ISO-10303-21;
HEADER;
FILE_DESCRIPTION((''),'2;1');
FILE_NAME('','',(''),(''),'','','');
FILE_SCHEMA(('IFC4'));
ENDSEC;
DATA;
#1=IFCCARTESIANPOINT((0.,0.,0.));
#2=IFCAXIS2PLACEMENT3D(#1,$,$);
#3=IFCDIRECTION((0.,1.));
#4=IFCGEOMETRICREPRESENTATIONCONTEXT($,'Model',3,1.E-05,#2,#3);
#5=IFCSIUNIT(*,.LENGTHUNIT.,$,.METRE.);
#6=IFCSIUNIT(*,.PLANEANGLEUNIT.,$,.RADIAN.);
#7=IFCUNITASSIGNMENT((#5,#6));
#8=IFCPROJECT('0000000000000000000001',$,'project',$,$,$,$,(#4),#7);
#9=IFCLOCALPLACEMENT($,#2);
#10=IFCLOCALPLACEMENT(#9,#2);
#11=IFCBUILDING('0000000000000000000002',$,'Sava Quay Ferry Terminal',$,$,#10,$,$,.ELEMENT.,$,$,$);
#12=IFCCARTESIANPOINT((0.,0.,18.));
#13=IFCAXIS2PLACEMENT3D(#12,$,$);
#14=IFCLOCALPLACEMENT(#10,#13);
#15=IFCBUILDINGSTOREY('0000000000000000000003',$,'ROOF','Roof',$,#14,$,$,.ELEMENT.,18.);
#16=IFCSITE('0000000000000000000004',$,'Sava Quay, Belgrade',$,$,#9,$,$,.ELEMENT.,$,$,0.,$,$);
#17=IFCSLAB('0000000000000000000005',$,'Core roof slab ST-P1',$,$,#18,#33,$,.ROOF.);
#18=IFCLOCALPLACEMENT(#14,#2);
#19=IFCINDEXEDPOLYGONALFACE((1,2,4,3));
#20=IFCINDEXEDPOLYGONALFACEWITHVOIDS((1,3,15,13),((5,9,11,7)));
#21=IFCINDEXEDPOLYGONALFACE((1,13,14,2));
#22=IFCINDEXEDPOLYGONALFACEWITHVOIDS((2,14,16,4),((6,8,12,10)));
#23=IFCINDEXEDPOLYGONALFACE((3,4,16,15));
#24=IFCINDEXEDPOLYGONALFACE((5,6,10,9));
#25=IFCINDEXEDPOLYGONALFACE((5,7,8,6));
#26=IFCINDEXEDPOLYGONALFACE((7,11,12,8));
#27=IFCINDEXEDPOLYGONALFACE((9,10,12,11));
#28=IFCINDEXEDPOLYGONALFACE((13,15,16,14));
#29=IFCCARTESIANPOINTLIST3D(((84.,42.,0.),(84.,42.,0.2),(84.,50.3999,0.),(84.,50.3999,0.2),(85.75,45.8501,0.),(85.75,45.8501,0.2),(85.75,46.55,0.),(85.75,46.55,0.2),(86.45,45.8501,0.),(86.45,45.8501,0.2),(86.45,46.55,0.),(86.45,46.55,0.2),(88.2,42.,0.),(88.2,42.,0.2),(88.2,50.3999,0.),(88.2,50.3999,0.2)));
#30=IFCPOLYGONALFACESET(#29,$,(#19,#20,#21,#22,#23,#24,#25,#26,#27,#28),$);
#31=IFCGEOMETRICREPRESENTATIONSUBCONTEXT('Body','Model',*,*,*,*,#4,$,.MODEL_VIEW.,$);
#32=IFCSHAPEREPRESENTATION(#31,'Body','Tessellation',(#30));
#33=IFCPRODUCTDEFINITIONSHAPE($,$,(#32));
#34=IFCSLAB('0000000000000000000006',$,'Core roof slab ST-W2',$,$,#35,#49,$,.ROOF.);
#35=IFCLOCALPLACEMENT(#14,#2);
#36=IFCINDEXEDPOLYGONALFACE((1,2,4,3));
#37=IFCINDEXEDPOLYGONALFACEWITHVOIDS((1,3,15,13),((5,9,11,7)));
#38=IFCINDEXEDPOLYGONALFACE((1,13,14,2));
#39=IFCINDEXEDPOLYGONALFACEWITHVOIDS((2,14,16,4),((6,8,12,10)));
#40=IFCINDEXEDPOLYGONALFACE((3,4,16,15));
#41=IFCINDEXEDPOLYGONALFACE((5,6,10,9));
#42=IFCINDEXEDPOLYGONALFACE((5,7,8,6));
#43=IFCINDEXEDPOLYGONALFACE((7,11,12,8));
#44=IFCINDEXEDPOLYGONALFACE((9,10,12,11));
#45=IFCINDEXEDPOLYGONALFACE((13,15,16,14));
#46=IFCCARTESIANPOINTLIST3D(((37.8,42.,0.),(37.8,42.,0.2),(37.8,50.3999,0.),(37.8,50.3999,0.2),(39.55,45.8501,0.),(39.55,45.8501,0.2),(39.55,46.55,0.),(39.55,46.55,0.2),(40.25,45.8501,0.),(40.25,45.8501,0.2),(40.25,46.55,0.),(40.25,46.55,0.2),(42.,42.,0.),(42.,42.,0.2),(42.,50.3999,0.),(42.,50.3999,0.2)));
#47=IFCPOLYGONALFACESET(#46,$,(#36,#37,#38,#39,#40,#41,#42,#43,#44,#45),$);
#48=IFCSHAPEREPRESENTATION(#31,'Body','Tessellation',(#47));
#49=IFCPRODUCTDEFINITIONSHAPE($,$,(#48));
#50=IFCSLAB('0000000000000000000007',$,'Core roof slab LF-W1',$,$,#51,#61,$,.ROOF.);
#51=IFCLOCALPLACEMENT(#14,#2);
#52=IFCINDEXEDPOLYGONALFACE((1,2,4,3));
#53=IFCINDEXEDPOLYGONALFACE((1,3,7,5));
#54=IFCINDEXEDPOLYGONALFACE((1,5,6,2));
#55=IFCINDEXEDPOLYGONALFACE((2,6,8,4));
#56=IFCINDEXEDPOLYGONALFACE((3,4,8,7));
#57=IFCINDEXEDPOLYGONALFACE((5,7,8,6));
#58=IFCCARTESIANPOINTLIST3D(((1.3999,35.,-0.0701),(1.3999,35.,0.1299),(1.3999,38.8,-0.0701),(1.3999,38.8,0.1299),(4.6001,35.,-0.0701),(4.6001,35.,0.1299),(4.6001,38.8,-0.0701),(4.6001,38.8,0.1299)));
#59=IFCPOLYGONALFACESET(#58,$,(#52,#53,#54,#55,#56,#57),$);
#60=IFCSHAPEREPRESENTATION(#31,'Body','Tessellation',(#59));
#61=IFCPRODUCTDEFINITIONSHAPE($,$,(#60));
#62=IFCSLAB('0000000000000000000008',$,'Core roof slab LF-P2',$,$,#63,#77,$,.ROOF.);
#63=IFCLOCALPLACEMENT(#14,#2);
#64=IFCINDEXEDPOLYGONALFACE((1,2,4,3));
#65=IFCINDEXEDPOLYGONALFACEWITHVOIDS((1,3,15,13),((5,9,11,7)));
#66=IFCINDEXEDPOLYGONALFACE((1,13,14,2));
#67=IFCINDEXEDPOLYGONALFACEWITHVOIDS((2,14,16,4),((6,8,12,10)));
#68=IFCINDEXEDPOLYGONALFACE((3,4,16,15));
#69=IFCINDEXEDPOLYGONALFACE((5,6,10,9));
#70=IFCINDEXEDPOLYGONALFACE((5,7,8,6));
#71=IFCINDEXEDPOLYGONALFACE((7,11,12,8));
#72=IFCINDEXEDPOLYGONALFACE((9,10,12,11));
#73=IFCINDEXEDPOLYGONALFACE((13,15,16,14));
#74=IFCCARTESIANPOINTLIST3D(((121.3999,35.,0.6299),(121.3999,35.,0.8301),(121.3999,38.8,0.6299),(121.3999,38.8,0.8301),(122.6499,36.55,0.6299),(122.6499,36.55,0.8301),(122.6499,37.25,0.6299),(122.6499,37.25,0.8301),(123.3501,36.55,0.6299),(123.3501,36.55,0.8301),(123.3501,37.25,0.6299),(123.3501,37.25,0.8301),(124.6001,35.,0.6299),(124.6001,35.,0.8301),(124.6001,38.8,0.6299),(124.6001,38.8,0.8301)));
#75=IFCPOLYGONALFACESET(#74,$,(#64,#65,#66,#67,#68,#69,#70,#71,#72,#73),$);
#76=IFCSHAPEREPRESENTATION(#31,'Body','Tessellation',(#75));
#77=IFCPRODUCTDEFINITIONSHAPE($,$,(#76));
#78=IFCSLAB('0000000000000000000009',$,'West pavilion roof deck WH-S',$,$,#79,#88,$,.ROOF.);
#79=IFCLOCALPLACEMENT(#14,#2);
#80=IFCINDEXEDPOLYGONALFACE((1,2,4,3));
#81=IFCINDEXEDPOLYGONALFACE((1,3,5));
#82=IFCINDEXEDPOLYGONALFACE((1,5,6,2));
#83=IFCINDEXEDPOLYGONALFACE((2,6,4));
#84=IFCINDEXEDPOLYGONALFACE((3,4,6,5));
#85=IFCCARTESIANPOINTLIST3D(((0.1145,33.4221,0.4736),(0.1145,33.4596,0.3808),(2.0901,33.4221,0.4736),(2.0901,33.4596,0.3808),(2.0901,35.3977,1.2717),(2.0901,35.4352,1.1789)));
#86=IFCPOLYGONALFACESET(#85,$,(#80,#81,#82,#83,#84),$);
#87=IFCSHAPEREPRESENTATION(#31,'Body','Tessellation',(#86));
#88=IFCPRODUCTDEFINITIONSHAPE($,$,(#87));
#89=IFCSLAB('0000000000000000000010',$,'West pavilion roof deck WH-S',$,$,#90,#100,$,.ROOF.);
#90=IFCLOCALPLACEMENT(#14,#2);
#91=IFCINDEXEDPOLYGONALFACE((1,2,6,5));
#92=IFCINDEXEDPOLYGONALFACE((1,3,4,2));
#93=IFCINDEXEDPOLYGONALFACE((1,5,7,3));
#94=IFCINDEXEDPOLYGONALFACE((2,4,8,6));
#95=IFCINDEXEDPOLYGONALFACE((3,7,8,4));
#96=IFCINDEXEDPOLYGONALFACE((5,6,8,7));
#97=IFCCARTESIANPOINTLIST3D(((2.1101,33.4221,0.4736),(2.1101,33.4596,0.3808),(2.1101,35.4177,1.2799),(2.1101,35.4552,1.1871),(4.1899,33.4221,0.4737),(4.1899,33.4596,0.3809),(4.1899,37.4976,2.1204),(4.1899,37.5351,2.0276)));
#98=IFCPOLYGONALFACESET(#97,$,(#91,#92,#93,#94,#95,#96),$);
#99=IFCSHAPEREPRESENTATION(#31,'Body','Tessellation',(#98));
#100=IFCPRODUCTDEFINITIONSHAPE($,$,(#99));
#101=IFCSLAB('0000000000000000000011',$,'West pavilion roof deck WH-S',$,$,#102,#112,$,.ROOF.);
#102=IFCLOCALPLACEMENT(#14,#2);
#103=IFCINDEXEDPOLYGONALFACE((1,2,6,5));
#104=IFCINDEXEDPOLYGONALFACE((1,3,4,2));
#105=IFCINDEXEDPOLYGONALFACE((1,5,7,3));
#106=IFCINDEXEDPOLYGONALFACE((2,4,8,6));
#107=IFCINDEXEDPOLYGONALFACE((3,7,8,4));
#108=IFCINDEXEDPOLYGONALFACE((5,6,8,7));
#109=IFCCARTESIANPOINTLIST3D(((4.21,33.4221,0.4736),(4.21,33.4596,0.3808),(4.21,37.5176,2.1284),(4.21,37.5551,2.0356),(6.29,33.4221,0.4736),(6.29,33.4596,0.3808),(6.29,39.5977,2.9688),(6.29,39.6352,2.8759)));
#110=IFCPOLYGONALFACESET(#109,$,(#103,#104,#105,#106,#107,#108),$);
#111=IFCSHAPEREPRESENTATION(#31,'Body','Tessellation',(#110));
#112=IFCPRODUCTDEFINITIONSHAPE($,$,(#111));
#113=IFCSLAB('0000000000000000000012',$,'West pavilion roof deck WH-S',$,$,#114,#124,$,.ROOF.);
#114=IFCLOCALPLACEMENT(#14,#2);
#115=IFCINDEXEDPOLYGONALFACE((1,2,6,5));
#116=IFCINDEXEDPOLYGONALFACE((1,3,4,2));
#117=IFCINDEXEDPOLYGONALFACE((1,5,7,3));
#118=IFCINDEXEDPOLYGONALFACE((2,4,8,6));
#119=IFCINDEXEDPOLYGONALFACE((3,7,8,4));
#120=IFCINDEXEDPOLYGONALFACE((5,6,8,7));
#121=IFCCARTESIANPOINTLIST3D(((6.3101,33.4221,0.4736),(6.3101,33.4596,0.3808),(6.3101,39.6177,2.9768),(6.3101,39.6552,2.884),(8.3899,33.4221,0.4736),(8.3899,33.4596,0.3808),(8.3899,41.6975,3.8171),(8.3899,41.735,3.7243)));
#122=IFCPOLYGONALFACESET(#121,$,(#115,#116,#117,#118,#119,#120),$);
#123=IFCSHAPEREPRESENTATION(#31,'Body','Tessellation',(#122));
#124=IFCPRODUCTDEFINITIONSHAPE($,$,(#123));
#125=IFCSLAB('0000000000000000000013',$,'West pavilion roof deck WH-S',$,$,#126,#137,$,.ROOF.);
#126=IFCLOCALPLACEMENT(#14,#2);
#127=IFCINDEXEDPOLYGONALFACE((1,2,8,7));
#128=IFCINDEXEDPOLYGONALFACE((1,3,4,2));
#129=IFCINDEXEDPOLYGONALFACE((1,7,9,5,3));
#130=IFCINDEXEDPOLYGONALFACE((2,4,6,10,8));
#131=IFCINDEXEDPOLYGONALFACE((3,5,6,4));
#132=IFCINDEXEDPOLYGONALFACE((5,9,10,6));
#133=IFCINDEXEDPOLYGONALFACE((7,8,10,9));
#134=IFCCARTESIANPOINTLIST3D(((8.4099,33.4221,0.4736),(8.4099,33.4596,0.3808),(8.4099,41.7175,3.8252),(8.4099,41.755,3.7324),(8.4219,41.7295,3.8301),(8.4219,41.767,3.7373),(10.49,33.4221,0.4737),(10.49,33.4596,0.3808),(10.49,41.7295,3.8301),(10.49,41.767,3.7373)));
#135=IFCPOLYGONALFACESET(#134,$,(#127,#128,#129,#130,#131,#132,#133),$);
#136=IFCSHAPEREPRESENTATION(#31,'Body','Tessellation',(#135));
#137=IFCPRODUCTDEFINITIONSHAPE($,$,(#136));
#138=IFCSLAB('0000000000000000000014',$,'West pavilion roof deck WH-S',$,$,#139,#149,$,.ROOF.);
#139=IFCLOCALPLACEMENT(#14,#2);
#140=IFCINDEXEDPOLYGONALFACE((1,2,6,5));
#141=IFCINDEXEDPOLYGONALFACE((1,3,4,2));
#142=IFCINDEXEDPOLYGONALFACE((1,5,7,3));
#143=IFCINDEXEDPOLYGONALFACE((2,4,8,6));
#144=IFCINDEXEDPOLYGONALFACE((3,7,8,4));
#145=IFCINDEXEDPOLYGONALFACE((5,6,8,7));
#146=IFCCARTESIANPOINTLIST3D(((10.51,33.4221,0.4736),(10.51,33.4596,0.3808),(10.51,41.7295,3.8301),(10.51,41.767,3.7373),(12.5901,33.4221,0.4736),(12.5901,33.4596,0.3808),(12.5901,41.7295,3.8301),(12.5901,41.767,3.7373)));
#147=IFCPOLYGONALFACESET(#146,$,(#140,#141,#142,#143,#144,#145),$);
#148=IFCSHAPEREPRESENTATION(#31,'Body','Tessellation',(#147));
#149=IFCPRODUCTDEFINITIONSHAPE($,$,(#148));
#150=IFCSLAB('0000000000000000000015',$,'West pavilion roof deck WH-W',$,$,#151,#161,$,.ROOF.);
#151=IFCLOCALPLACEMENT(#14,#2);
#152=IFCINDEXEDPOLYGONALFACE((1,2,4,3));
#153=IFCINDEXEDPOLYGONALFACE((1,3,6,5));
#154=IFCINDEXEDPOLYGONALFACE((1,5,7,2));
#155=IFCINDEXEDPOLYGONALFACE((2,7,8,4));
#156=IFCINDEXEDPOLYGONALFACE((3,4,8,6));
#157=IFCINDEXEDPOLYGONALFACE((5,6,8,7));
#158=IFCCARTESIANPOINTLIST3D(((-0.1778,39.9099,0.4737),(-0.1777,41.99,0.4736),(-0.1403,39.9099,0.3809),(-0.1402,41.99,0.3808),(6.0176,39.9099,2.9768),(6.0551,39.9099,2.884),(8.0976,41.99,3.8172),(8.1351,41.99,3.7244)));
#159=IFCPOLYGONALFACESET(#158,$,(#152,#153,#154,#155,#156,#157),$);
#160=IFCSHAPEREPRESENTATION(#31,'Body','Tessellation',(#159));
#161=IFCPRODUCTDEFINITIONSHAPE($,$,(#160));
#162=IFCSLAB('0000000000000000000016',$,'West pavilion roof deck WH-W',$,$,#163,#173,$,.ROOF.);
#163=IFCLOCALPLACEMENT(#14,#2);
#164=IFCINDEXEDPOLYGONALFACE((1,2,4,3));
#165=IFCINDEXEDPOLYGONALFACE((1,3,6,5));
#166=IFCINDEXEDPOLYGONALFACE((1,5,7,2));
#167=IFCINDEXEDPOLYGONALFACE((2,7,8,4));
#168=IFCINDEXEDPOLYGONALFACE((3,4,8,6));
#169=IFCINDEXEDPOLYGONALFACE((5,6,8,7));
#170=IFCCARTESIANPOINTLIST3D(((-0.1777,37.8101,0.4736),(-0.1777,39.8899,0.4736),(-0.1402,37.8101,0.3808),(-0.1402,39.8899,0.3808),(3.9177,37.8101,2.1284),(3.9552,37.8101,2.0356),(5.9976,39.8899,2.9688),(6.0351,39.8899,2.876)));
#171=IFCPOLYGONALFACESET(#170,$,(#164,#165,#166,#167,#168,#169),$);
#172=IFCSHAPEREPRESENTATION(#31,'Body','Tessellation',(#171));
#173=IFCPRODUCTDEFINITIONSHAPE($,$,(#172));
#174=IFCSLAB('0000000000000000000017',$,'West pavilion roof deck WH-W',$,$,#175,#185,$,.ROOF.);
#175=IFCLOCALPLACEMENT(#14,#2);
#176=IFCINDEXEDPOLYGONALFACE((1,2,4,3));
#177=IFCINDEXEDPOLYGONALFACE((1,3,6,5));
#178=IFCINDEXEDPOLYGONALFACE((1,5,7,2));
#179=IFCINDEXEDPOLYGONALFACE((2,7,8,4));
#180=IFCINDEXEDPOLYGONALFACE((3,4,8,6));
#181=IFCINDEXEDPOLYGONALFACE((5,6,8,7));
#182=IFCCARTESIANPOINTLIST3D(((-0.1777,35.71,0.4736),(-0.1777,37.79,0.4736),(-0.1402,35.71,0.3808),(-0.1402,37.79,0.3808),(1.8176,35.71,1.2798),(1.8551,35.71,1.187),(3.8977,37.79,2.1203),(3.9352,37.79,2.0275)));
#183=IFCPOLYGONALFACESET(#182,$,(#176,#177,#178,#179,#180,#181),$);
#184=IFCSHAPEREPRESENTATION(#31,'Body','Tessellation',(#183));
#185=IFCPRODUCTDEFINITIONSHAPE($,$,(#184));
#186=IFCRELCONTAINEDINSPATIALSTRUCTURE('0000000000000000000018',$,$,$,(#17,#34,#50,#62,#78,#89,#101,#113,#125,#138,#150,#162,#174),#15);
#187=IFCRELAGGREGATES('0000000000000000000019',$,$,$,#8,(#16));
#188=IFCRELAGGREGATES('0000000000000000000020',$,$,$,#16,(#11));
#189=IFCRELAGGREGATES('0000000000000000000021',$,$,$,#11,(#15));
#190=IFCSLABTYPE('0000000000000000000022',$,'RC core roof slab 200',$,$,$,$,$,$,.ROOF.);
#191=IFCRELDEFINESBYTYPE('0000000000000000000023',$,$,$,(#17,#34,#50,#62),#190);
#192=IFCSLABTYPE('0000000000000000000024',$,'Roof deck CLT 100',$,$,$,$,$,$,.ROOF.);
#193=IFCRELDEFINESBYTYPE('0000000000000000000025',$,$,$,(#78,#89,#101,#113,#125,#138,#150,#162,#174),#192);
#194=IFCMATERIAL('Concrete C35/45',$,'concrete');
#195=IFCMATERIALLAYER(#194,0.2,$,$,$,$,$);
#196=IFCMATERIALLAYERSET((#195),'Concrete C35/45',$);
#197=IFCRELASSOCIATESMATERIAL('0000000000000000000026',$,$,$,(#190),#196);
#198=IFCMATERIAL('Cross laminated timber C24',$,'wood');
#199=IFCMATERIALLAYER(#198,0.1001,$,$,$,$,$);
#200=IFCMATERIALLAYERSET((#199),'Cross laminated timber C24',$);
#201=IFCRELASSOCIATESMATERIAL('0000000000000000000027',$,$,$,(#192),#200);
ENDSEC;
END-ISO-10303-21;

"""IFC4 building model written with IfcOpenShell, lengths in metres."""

from ifc_helpers import new_model, si_unit, direction, frame, origin, place, context, subcontext, project, spatial, polyline, outline, extrude, material, layer, layer_set, type_object, element, save


model = new_model("IFC4")

# Units and contexts
model_context = context("Model", 3, precision=1e-05, world=origin(), true_north=direction((0.0, 1.0)))
body_context = subcontext(model_context, "Body", "Model", "MODEL_VIEW")
ifc_project = project(units=[si_unit("LENGTHUNIT", "METRE"), si_unit("PLANEANGLEUNIT", "RADIAN")], contexts=[model_context])

# Site, building, storey
site_placement = place(None, origin())
site = spatial("IfcSite", under=ifc_project, at=site_placement, Name="Sava Quay, Belgrade", CompositionType="ELEMENT", RefElevation=0.0)
building_placement = place(site_placement, origin())
building = spatial("IfcBuilding", under=site, at=building_placement, Name="Sava Quay Ferry Terminal", CompositionType="ELEMENT")
storey_placement = place(building_placement, frame((0.0, 0.0, 18.0)))
storey = spatial("IfcBuildingStorey", under=building, at=storey_placement, Name="ROOF", Description="Roof", CompositionType="ELEMENT", Elevation=18.0)

# Slabs
ifc_material_1 = material(Name="Concrete C35/45", Category="concrete")
ifc_layer_1 = layer(ifc_material_1, 0.2)
ifc_layer_set_1 = layer_set([ifc_layer_1], Name="Concrete C35/45")
slab_type_1 = type_object("IfcSlabType", Name="RC core roof slab 200", PredefinedType="ROOF", material=ifc_layer_set_1)
slab_1_placement = place(storey_placement, origin())
element("IfcSlab", 1, at=slab_1_placement, inside=storey, type_object=slab_type_1, Name="Core roof slab ST-P1", PredefinedType="ROOF", context=body_context, shape_type="SweptSolid", body=[
    extrude(outline(polyline([(84.0, 42.0), (88.2, 42.0), (88.2, 50.3999), (84.0, 50.3999), (84.0, 42.0)]), holes=[polyline([(85.75, 45.8501), (86.45, 45.8501), (86.45, 46.55), (85.75, 46.55), (85.75, 45.8501)])]), origin(), (0.0, 0.0, 1.0), 0.2),
])
slab_2_placement = place(storey_placement, origin())
element("IfcSlab", 2, at=slab_2_placement, inside=storey, type_object=slab_type_1, Name="Core roof slab ST-W2", PredefinedType="ROOF", context=body_context, shape_type="SweptSolid", body=[
    extrude(outline(polyline([(37.8, 42.0), (42.0, 42.0), (42.0, 50.3999), (37.8, 50.3999), (37.8, 42.0)]), holes=[polyline([(39.55, 45.8501), (40.25, 45.8501), (40.25, 46.55), (39.55, 46.55), (39.55, 45.8501)])]), origin(), (0.0, 0.0, 1.0), 0.2),
])
slab_3_placement = place(storey_placement, frame((0.0, 0.0, -0.0701)))
element("IfcSlab", 3, at=slab_3_placement, inside=storey, type_object=slab_type_1, Name="Core roof slab LF-W1", PredefinedType="ROOF", context=body_context, shape_type="SweptSolid", body=[
    extrude(outline(polyline([(1.3999, 35.0), (4.6001, 35.0), (4.6001, 38.8), (1.3999, 38.8), (1.3999, 35.0)])), origin(), (0.0, 0.0, 1.0), 0.2),
])
slab_4_placement = place(storey_placement, frame((0.0, 0.0, 0.6299)))
element("IfcSlab", 4, at=slab_4_placement, inside=storey, type_object=slab_type_1, Name="Core roof slab LF-P2", PredefinedType="ROOF", context=body_context, shape_type="SweptSolid", body=[
    extrude(outline(polyline([(121.3999, 35.0), (124.6001, 35.0), (124.6001, 38.8), (121.3999, 38.8), (121.3999, 35.0)]), holes=[polyline([(122.6499, 36.55), (123.3501, 36.55), (123.3501, 37.25), (122.6499, 37.25), (122.6499, 36.55)])]), origin(), (0.0, 0.0, 1.0), 0.2002),
])
ifc_material_2 = material(Name="Cross laminated timber C24", Category="wood")
ifc_layer_2 = layer(ifc_material_2, 0.1001)
ifc_layer_set_2 = layer_set([ifc_layer_2], Name="Cross laminated timber C24")
slab_type_2 = type_object("IfcSlabType", Name="Roof deck CLT 100", PredefinedType="ROOF", material=ifc_layer_set_2)
slab_5_placement = place(storey_placement, frame((2.0901, 35.3977, 1.2717), z_axis=(0.0, -0.374569, 0.927199), x_axis=(0.0, -0.927199, -0.374569)))
element("IfcSlab", 5, at=slab_5_placement, inside=storey, type_object=slab_type_2, Name="West pavilion roof deck WH-S", PredefinedType="ROOF", context=body_context, shape_type="SweptSolid", body=[
    extrude(outline(polyline([(0.0, 0.0), (2.1307, 0.0), (2.1307, -1.9756), (0.0, 0.0)])), origin(), (0.0, 0.0, -1.0), 0.1001),
])
slab_6_placement = place(storey_placement, frame((4.1899, 37.4976, 2.1204), z_axis=(-0.000058, -0.374609, 0.927183), x_axis=(0.0, -0.927183, -0.374609)))
element("IfcSlab", 6, at=slab_6_placement, inside=storey, type_object=slab_type_2, Name="West pavilion roof deck WH-S", PredefinedType="ROOF", context=body_context, shape_type="SweptSolid", body=[
    extrude(outline(polyline([(0.0, 0.0), (4.3956, 0.0), (4.3956, -2.0798), (2.2433, -2.0798), (0.0, 0.0)])), origin(), (0.0, 0.0, -1.0), 0.1001),
])
slab_7_placement = place(storey_placement, frame((6.29, 39.5977, 2.9688), z_axis=(0.000023, -0.374618, 0.927179), x_axis=(0.0, -0.927179, -0.374618)))
element("IfcSlab", 7, at=slab_7_placement, inside=storey, type_object=slab_type_2, Name="West pavilion roof deck WH-S", PredefinedType="ROOF", context=body_context, shape_type="SweptSolid", body=[
    extrude(outline(polyline([(0.0, 0.0), (6.6605, 0.0), (6.6605, -2.0801), (2.2434, -2.0801), (0.0, 0.0)])), origin(), (0.0, 0.0, -1.0), 0.1001),
])
slab_8_placement = place(storey_placement, frame((8.3899, 41.6975, 3.8171), z_axis=(-0.000004, -0.374609, 0.927183), x_axis=(0.0, -0.927183, -0.374609)))
element("IfcSlab", 8, at=slab_8_placement, inside=storey, type_object=slab_type_2, Name="West pavilion roof deck WH-S", PredefinedType="ROOF", context=body_context, shape_type="SweptSolid", body=[
    extrude(outline(polyline([(0.0, 0.0), (8.9253, 0.0), (8.9253, -2.0798), (2.2432, -2.0798), (0.0, 0.0)])), origin(), (0.0, 0.0, -1.0), 0.1001),
])
slab_9_placement = place(storey_placement, frame((8.4219, 41.7295, 3.8301), z_axis=(-0.000011, -0.374611, 0.927182), x_axis=(1.0, -0.000004, 0.00001)))
element("IfcSlab", 9, at=slab_9_placement, inside=storey, type_object=slab_type_2, Name="West pavilion roof deck WH-S", PredefinedType="ROOF", context=body_context, shape_type="SweptSolid", body=[
    extrude(outline(polyline([(0.0, 0.0), (2.0681, 0.0), (2.0681, -8.9598), (-0.012, -8.9598), (-0.012, -0.0129), (0.0, 0.0)])), origin(), (0.0, 0.0, -1.0), 0.1001),
])
slab_10_placement = place(storey_placement, frame((12.5901, 41.7295, 3.8301), z_axis=(0.0, -0.374611, 0.927182), x_axis=(0.0, -0.927182, -0.374611)))
element("IfcSlab", 10, at=slab_10_placement, inside=storey, type_object=slab_type_2, Name="West pavilion roof deck WH-S", PredefinedType="ROOF", context=body_context, shape_type="SweptSolid", body=[
    extrude(outline(polyline([(0.0, 0.0), (8.9598, 0.0), (8.9598, -2.0801), (0.0, -2.0801), (0.0, 0.0)])), origin(), (0.0, 0.0, -1.0), 0.1001),
])
slab_11_placement = place(storey_placement, frame((6.0176, 39.9099, 2.9768), z_axis=(-0.374614, 0.000021, 0.927181), x_axis=(-0.927181, 0.0, -0.374614)))
element("IfcSlab", 11, at=slab_11_placement, inside=storey, type_object=slab_type_2, Name="West pavilion roof deck WH-W", PredefinedType="ROOF", context=body_context, shape_type="SweptSolid", body=[
    extrude(outline(polyline([(0.0, 0.0), (6.6819, 0.0), (6.6819, -2.0801), (-2.2434, -2.0801), (0.0, 0.0)])), origin(), (0.0, 0.0, -1.0), 0.1001),
])
slab_12_placement = place(storey_placement, frame((3.9177, 37.8101, 2.1284), z_axis=(-0.374626, 0.000006, 0.927176), x_axis=(-0.927176, 0.0, -0.374626)))
element("IfcSlab", 12, at=slab_12_placement, inside=storey, type_object=slab_type_2, Name="West pavilion roof deck WH-W", PredefinedType="ROOF", context=body_context, shape_type="SweptSolid", body=[
    extrude(outline(polyline([(0.0, 0.0), (4.4171, 0.0), (4.4171, -2.0798), (-2.2432, -2.0798), (0.0, 0.0)])), origin(), (0.0, 0.0, -1.0), 0.1001),
])
slab_13_placement = place(storey_placement, frame((1.8176, 35.71, 1.2798), z_axis=(-0.374622, -0.000029, 0.927178), x_axis=(-0.927178, 0.0, -0.374622)))
element("IfcSlab", 13, at=slab_13_placement, inside=storey, type_object=slab_type_2, Name="West pavilion roof deck WH-W", PredefinedType="ROOF", context=body_context, shape_type="SweptSolid", body=[
    extrude(outline(polyline([(0.0, 0.0), (2.1521, 0.0), (2.1521, -2.0801), (-2.2435, -2.0801), (0.0, 0.0)])), origin(), (0.0, 0.0, -1.0), 0.1001),
])

save(model, "model.ifc")
